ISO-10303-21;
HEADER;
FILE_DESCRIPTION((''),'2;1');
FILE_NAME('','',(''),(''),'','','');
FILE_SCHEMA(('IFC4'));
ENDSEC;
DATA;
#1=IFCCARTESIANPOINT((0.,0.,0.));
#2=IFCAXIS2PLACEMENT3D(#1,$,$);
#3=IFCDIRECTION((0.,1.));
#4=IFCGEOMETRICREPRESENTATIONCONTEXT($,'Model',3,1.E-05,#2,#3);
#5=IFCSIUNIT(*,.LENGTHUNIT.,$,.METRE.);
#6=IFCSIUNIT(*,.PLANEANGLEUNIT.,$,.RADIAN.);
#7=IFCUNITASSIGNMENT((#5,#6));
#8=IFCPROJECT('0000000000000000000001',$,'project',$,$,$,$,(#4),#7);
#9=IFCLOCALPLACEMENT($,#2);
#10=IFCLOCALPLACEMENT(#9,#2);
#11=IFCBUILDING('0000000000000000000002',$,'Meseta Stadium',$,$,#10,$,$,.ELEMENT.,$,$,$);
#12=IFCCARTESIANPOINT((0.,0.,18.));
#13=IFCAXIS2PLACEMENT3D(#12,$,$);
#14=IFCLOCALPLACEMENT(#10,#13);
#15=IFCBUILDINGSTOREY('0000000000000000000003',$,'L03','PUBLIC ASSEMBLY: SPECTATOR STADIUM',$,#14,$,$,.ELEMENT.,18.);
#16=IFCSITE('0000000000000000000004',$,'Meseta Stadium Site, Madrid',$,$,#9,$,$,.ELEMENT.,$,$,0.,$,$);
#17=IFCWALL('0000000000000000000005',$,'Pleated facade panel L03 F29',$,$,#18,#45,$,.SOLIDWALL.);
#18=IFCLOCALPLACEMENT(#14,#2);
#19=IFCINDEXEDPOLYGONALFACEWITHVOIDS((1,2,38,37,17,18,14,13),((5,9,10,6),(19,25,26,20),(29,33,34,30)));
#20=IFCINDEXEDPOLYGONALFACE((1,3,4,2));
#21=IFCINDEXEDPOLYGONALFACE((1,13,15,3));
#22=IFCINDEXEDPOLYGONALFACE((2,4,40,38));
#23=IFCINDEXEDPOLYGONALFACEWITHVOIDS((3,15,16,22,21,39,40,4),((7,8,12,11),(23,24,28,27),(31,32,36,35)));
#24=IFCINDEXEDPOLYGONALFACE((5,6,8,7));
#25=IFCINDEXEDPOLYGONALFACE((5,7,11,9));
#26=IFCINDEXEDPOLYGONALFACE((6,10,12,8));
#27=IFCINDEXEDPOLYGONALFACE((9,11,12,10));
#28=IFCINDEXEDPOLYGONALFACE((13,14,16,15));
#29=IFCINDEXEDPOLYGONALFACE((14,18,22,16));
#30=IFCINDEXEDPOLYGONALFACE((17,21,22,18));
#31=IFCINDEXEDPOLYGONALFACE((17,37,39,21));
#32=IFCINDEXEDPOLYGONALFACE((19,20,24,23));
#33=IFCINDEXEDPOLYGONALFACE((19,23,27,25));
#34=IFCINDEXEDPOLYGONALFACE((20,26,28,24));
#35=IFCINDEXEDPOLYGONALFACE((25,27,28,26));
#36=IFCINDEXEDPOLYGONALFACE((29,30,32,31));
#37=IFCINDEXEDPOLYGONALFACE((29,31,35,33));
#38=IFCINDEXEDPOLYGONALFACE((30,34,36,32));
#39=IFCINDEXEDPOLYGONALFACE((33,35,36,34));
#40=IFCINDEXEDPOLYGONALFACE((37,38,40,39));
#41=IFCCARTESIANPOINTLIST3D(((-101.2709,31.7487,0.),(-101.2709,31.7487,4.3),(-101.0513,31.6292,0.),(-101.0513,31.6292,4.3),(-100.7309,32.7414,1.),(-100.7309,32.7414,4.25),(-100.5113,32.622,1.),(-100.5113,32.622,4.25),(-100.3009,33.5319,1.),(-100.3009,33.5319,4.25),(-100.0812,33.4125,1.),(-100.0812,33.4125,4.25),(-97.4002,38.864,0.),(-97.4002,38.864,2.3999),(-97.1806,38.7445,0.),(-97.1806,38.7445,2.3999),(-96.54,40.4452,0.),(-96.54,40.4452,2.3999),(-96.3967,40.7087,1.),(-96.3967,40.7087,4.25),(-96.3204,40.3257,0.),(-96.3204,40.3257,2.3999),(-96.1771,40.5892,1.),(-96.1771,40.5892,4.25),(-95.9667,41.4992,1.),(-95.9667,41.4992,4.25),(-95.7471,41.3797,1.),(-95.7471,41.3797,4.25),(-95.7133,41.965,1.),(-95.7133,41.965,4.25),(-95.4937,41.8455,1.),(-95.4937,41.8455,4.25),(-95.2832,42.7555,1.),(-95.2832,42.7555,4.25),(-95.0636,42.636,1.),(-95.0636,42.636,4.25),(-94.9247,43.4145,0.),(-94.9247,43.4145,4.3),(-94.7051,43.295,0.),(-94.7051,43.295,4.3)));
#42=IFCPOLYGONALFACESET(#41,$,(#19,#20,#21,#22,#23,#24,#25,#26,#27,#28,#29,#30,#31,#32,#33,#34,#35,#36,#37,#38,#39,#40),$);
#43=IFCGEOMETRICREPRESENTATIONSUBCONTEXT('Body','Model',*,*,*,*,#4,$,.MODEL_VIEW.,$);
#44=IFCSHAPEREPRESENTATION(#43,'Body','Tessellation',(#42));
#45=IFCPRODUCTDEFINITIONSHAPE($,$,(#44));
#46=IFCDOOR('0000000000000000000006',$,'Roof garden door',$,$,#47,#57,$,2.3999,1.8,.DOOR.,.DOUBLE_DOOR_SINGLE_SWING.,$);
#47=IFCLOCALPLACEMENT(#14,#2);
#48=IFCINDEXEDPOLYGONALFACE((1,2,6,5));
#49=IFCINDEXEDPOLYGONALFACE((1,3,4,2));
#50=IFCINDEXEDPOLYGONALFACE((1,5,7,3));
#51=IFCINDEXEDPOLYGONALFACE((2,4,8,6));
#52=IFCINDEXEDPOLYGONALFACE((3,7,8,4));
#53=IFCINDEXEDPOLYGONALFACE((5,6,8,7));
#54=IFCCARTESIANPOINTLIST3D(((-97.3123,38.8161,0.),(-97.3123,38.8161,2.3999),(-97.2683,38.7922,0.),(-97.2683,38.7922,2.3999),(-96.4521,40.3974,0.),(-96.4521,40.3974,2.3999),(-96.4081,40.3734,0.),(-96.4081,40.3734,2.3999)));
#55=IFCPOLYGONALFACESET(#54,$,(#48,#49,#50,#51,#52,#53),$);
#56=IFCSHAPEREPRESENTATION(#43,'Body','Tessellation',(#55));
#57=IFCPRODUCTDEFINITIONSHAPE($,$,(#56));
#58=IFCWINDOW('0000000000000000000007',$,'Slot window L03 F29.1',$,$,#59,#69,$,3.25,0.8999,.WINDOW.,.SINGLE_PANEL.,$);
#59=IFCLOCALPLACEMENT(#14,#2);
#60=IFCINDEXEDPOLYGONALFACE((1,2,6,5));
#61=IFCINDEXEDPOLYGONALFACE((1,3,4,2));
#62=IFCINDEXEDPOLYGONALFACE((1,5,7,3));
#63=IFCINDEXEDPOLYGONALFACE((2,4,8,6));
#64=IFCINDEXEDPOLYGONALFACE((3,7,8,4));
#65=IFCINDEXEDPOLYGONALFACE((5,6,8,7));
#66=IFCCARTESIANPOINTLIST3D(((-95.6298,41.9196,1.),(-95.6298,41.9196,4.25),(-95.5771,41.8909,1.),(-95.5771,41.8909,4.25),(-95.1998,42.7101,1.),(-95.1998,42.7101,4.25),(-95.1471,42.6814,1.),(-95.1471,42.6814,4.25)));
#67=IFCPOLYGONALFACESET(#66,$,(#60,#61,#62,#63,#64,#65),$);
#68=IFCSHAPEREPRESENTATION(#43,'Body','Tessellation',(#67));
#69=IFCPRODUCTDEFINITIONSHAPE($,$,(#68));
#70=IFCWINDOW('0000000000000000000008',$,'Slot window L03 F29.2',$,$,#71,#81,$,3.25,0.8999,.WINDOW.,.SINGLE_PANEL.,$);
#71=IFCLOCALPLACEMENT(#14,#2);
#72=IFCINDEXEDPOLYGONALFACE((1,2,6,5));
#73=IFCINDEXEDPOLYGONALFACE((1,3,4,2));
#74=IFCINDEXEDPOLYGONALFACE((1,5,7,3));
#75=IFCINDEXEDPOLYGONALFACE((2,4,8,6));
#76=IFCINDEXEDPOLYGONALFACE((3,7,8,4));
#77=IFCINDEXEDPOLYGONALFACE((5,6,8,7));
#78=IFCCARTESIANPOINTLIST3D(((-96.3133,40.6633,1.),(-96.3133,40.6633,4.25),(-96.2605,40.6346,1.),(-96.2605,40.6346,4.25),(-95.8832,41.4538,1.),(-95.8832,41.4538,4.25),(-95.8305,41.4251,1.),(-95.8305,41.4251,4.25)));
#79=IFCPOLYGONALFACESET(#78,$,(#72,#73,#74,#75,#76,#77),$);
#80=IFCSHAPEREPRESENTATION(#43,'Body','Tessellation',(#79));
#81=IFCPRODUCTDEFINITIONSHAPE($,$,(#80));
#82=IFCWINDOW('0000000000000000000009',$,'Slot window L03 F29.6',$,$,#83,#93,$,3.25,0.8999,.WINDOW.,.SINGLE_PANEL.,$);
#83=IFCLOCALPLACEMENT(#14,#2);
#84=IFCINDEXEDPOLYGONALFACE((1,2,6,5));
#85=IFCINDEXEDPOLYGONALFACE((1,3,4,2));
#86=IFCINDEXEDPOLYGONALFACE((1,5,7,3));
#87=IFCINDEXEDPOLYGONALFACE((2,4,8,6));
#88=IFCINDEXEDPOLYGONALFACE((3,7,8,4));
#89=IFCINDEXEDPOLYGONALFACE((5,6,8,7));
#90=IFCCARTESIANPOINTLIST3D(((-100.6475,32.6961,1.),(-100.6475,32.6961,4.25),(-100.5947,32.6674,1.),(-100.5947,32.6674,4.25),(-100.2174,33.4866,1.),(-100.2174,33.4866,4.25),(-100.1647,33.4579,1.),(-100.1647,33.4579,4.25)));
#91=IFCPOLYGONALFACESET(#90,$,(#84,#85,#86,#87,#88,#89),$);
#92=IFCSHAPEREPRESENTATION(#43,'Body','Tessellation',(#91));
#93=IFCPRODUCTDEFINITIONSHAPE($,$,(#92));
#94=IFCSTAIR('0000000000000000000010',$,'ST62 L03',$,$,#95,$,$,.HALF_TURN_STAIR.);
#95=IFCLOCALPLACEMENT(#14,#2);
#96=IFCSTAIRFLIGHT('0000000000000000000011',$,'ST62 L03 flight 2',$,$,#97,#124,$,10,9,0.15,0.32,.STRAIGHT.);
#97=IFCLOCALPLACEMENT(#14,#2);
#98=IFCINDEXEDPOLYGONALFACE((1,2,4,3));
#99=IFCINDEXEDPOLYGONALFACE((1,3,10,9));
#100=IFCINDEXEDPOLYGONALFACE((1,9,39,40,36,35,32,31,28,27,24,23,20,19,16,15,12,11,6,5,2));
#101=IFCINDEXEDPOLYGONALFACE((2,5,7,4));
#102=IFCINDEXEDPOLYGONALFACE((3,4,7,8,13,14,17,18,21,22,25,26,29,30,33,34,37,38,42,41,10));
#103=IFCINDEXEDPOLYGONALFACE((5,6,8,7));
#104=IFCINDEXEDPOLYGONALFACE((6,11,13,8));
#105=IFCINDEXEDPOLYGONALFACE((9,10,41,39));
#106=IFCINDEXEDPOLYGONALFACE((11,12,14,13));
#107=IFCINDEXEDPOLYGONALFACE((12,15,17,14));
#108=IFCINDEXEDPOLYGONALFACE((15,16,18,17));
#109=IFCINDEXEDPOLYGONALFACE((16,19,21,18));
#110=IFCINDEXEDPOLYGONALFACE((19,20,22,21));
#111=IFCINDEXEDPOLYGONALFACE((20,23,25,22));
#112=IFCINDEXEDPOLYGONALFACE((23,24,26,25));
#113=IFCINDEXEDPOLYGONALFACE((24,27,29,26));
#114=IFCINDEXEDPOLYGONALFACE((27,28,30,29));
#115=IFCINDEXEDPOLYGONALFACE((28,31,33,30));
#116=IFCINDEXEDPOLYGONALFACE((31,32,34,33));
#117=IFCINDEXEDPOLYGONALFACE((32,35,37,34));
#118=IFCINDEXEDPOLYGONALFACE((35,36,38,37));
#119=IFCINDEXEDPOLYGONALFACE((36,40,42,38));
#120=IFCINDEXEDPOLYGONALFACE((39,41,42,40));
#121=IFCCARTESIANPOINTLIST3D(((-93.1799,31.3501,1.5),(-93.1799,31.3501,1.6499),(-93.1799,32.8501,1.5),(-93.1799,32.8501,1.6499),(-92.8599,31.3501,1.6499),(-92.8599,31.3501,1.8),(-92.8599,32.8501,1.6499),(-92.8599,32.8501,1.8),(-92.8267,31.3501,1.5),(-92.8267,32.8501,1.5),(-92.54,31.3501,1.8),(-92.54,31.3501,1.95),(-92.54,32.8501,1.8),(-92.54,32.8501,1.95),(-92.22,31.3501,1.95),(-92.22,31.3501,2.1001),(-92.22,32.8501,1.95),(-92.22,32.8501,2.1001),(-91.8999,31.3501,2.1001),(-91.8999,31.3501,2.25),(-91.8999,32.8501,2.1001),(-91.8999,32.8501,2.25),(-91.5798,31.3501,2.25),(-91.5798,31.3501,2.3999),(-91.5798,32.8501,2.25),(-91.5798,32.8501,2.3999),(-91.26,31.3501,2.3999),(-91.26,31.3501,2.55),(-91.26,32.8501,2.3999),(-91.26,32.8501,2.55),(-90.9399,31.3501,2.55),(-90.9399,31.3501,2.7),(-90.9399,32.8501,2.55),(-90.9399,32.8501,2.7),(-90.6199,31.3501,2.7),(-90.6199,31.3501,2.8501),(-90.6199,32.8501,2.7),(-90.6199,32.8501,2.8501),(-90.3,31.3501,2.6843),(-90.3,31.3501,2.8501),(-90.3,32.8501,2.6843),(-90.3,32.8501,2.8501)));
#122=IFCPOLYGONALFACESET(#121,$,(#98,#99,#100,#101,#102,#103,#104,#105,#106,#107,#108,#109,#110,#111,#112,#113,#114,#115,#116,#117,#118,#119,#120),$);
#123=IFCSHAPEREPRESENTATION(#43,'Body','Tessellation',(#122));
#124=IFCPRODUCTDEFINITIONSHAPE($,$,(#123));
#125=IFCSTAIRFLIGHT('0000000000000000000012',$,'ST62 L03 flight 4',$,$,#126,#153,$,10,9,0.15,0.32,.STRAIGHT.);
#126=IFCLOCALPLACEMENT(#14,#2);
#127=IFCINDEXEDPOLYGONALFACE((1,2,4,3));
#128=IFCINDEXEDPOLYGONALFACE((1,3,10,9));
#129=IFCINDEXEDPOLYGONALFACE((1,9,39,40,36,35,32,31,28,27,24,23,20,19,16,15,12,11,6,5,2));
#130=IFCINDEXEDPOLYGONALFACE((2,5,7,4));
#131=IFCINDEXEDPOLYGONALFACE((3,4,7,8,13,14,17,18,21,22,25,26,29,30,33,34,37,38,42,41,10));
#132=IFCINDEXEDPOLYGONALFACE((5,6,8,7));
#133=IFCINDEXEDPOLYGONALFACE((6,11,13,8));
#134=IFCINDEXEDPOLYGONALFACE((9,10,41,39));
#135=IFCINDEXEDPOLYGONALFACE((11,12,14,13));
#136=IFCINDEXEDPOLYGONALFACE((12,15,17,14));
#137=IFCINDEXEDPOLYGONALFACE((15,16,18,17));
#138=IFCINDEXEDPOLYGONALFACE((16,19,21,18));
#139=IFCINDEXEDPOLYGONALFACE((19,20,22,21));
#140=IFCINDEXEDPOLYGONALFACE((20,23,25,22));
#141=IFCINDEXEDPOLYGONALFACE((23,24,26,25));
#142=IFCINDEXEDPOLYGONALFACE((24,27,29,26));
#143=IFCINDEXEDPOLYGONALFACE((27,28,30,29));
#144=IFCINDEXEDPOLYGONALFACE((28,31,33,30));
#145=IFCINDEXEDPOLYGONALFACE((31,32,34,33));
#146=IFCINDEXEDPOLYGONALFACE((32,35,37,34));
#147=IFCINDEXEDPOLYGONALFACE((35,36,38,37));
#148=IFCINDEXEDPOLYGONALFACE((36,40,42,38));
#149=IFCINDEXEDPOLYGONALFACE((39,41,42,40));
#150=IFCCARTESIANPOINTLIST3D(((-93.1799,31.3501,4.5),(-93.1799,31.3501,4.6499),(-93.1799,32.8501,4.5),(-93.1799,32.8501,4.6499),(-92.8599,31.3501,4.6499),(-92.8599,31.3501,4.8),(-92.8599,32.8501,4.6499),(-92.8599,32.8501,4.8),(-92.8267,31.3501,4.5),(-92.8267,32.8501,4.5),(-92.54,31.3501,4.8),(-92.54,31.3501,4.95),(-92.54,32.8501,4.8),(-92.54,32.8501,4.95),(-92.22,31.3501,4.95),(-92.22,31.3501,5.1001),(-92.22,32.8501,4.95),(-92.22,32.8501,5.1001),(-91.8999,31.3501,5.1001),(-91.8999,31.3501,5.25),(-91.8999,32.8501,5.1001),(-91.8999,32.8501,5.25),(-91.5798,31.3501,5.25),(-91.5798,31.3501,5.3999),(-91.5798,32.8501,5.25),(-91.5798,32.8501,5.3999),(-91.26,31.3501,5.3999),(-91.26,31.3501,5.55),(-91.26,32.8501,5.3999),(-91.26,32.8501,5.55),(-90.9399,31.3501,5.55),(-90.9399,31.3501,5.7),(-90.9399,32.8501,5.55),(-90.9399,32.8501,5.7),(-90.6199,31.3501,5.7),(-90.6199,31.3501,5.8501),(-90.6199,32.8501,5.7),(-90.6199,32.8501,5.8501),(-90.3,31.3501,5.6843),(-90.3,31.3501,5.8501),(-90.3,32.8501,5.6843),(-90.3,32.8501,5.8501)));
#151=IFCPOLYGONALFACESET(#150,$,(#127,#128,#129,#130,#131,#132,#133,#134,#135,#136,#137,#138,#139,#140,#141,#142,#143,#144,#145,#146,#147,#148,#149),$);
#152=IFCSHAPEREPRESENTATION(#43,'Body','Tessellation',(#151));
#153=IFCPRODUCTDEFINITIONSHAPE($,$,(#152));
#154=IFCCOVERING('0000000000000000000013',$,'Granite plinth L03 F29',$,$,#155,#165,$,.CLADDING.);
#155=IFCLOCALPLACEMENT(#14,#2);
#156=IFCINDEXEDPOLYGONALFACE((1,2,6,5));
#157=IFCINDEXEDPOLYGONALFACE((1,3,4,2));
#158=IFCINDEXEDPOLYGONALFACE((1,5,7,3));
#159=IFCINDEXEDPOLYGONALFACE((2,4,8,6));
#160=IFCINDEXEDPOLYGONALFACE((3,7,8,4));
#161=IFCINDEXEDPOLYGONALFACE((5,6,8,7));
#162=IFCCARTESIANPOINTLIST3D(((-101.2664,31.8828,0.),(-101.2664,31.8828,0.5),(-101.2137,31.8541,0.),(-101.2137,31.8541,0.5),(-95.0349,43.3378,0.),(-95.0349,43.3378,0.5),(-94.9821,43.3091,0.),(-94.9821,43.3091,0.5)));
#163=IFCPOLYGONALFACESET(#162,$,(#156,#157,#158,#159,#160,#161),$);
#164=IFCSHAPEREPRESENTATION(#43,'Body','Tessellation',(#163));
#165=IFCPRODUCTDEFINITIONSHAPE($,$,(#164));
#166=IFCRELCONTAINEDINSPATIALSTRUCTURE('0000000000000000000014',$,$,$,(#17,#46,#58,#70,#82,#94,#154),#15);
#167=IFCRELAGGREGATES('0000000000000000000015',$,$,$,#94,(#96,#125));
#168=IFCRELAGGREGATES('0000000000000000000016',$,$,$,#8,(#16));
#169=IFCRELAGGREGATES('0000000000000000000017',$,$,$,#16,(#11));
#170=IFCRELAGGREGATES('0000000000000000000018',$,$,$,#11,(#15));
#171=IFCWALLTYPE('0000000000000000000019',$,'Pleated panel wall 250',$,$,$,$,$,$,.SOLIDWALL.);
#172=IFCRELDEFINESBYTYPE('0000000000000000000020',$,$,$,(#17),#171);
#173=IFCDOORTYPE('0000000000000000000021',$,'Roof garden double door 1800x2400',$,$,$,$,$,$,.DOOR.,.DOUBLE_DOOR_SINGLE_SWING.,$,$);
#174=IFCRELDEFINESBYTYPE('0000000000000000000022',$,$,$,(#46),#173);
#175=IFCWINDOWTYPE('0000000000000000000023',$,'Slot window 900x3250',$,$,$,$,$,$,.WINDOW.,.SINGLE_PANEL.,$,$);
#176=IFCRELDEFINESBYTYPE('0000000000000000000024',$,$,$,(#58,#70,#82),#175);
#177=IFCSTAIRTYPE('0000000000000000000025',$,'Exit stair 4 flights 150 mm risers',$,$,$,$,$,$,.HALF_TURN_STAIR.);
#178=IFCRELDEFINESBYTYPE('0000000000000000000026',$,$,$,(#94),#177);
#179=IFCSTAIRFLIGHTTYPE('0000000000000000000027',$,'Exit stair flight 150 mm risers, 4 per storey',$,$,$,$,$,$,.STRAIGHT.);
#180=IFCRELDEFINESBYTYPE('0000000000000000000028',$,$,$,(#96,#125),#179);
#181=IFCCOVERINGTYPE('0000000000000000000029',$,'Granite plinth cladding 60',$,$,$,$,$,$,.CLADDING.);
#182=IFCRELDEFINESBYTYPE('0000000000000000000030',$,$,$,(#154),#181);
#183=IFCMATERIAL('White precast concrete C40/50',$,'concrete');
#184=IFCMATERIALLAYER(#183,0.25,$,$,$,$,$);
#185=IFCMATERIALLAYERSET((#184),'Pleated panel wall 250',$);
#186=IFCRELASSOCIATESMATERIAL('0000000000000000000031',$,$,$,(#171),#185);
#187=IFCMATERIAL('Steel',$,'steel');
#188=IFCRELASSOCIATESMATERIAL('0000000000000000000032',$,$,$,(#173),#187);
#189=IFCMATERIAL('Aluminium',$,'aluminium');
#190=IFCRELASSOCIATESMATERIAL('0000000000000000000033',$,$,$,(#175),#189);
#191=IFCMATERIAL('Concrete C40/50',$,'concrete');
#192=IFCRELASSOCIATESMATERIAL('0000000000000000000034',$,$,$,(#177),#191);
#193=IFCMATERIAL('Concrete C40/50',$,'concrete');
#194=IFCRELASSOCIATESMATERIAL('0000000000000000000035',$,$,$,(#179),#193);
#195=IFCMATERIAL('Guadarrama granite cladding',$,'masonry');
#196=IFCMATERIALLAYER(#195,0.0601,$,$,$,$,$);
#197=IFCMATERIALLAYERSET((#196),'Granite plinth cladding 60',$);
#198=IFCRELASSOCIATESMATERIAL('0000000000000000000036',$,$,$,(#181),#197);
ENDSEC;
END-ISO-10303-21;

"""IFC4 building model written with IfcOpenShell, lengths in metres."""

from ifc_helpers import new_model, si_unit, direction, frame, frame_2d, origin, origin_2d, place, context, subcontext, project, spatial, polyline, rectangle, outline, extrude, material, layer, layer_set, type_object, element, fill, aggregate, save


model = new_model("IFC4")

# Units and contexts
model_context = context("Model", 3, precision=1e-05, world=origin(), true_north=direction((0.0, 1.0)))
body_context = subcontext(model_context, "Body", "Model", "MODEL_VIEW")
ifc_project = project(units=[si_unit("LENGTHUNIT", "METRE"), si_unit("PLANEANGLEUNIT", "RADIAN")], contexts=[model_context])

# Site, building, storey
site_placement = place(None, origin())
site = spatial("IfcSite", under=ifc_project, at=site_placement, Name="Meseta Stadium Site, Madrid", CompositionType="ELEMENT", RefElevation=0.0)
building_placement = place(site_placement, origin())
building = spatial("IfcBuilding", under=site, at=building_placement, Name="Meseta Stadium", CompositionType="ELEMENT")
storey_placement = place(building_placement, frame((0.0, 0.0, 18.0)))
storey = spatial("IfcBuildingStorey", under=building, at=storey_placement, Name="L03", Description="PUBLIC ASSEMBLY: SPECTATOR STADIUM", CompositionType="ELEMENT", Elevation=18.0)

# Wall, openings, door, windows
ifc_material_1 = material(Name="White precast concrete C40/50", Category="concrete")
ifc_layer_1 = layer(ifc_material_1, 0.25)
ifc_layer_set_1 = layer_set([ifc_layer_1], Name="Pleated panel wall 250")
wall_type_1 = type_object("IfcWallType", Name="Pleated panel wall 250", PredefinedType="SOLIDWALL", material=ifc_layer_set_1)
wall_1_placement = place(storey_placement, frame((-101.1611, 31.689, 0.0), z_axis=(0.0, 0.0, 1.0), x_axis=(0.477868, 0.878432, 0.0)))
wall_1 = element("IfcWall", 1, at=wall_1_placement, inside=storey, type_object=wall_type_1, Name="Pleated facade panel L03 F29", PredefinedType="SOLIDWALL", context=body_context, shape_type="SweptSolid", body=[
    extrude(rectangle(XDim=13.2803, YDim=0.25, at=frame_2d((6.6401, 0.0))), origin(), (0.0, 0.0, 1.0), 4.3),
])
opening_1_placement = place(wall_1_placement, frame((11.6301, 0.0, 1.0)))
opening_1 = element("IfcOpeningElement", 2, at=opening_1_placement, cuts=wall_1, PredefinedType="OPENING", context=body_context, shape_type="SweptSolid", body=[
    extrude(rectangle(XDim=0.8999, YDim=3.25, at=frame_2d((0.45, 1.625))), frame((0.0, 0.135, 0.0), z_axis=(0.0, -1.0, 0.0), x_axis=(1.0, 0.0, 0.0)), (0.0, 0.0, 1.0), 0.27),
])
opening_2_placement = place(wall_1_placement, frame((10.2, 0.0, 1.0)))
opening_2 = element("IfcOpeningElement", 3, at=opening_2_placement, cuts=wall_1, PredefinedType="OPENING", context=body_context, shape_type="SweptSolid", body=[
    extrude(rectangle(XDim=0.8999, YDim=3.25, at=frame_2d((0.45, 1.625))), frame((0.0, 0.135, 0.0), z_axis=(0.0, -1.0, 0.0), x_axis=(1.0, 0.0, 0.0)), (0.0, 0.0, 1.0), 0.27),
])
opening_3_placement = place(wall_1_placement, frame((1.1301, 0.0, 1.0)))
opening_3 = element("IfcOpeningElement", 4, at=opening_3_placement, cuts=wall_1, PredefinedType="OPENING", context=body_context, shape_type="SweptSolid", body=[
    extrude(rectangle(XDim=0.8999, YDim=3.25, at=frame_2d((0.45, 1.625))), frame((0.0, 0.135, 0.0), z_axis=(0.0, -1.0, 0.0), x_axis=(1.0, 0.0, 0.0)), (0.0, 0.0, 1.0), 0.27),
])
opening_4_placement = place(wall_1_placement, frame((8.1001, 0.0, 0.0)))
opening_4 = element("IfcOpeningElement", 5, at=opening_4_placement, cuts=wall_1, PredefinedType="OPENING", context=body_context, shape_type="SweptSolid", body=[
    extrude(rectangle(XDim=1.8, YDim=2.3999, at=frame_2d((0.8999, 1.2))), frame((0.0, 0.135, 0.0), z_axis=(0.0, -1.0, 0.0), x_axis=(1.0, 0.0, 0.0)), (0.0, 0.0, 1.0), 0.27),
])
ifc_material_2 = material(Name="Steel", Category="steel")
door_type = type_object("IfcDoorType", Name="Roof garden double door 1800x2400", OperationType="DOUBLE_DOOR_SINGLE_SWING", PredefinedType="DOOR", material=ifc_material_2)
door_placement = place(opening_4_placement, origin())
door = element("IfcDoor", 6, at=door_placement, inside=storey, type_object=door_type, Name="Roof garden door", OperationType="DOUBLE_DOOR_SINGLE_SWING", OverallHeight=2.3999, OverallWidth=1.8, PredefinedType="DOOR", context=body_context, shape_type="SweptSolid", body=[
    extrude(rectangle(XDim=1.8, YDim=2.3999, at=frame_2d((0.8999, 1.2))), frame((0.0, 0.0249, 0.0), z_axis=(0.0, -1.0, 0.0), x_axis=(1.0, 0.0, 0.0)), (0.0, 0.0, 1.0), 0.05),
])
fill(opening_4, door)
ifc_material_3 = material(Name="Aluminium", Category="aluminium")
window_type = type_object("IfcWindowType", Name="Slot window 900x3250", PartitioningType="SINGLE_PANEL", PredefinedType="WINDOW", material=ifc_material_3)
window_1_placement = place(opening_1_placement, origin())
window_1 = element("IfcWindow", 7, at=window_1_placement, inside=storey, type_object=window_type, Name="Slot window L03 F29.1", OverallHeight=3.25, OverallWidth=0.8999, PartitioningType="SINGLE_PANEL", PredefinedType="WINDOW", context=body_context, shape_type="SweptSolid", body=[
    extrude(rectangle(XDim=0.8999, YDim=3.25, at=frame_2d((0.45, 1.625))), frame((0.0, 0.03, 0.0), z_axis=(0.0, -1.0, 0.0), x_axis=(1.0, 0.0, 0.0)), (0.0, 0.0, 1.0), 0.0601),
])
fill(opening_1, window_1)
window_2_placement = place(opening_2_placement, origin())
window_2 = element("IfcWindow", 8, at=window_2_placement, inside=storey, type_object=window_type, Name="Slot window L03 F29.2", OverallHeight=3.25, OverallWidth=0.8999, PartitioningType="SINGLE_PANEL", PredefinedType="WINDOW", context=body_context, shape_type="SweptSolid", body=[
    extrude(rectangle(XDim=0.8999, YDim=3.25, at=frame_2d((0.45, 1.625))), frame((0.0, 0.03, 0.0), z_axis=(0.0, -1.0, 0.0), x_axis=(1.0, 0.0, 0.0)), (0.0, 0.0, 1.0), 0.0601),
])
fill(opening_2, window_2)
window_3_placement = place(opening_3_placement, origin())
window_3 = element("IfcWindow", 9, at=window_3_placement, inside=storey, type_object=window_type, Name="Slot window L03 F29.6", OverallHeight=3.25, OverallWidth=0.8999, PartitioningType="SINGLE_PANEL", PredefinedType="WINDOW", context=body_context, shape_type="SweptSolid", body=[
    extrude(rectangle(XDim=0.8999, YDim=3.25, at=frame_2d((0.45, 1.625))), frame((0.0, 0.03, 0.0), z_axis=(0.0, -1.0, 0.0), x_axis=(1.0, 0.0, 0.0)), (0.0, 0.0, 1.0), 0.0601),
])
fill(opening_3, window_3)

# Stair, stair flights
ifc_material_4 = material(Name="Concrete C40/50", Category="concrete")
stair_type = type_object("IfcStairType", Name="Exit stair 4 flights 150 mm risers", PredefinedType="HALF_TURN_STAIR", material=ifc_material_4)
stair_placement = place(storey_placement, origin())
stair = element("IfcStair", 10, at=stair_placement, inside=storey, type_object=stair_type, Name="ST62 L03", PredefinedType="HALF_TURN_STAIR")
ifc_material_5 = material(Name="Concrete C40/50", Category="concrete")
stair_flight_type = type_object("IfcStairFlightType", Name="Exit stair flight 150 mm risers, 4 per storey", PredefinedType="STRAIGHT", material=ifc_material_5)
stair_flight_1_placement = place(storey_placement, frame((-93.1799, 32.1001, 1.5), z_axis=(0.0, 0.0, 1.0), x_axis=(1.0, 0.0, 0.0)))
stair_flight_1 = element("IfcStairFlight", 11, at=stair_flight_1_placement, type_object=stair_flight_type, Name="ST62 L03 flight 2", NumberOfRisers=10, NumberOfTreads=9, PredefinedType="STRAIGHT", RiserHeight=0.15, TreadLength=0.32, context=body_context, shape_type="SweptSolid", body=[
    extrude(outline(polyline([(0.0, 0.0), (0.0, 0.1499), (0.3201, 0.1499), (0.3201, 0.3), (0.6399, 0.3), (0.6399, 0.45), (0.96, 0.45), (0.96, 0.6001), (1.28, 0.6001), (1.28, 0.75), (1.6001, 0.75), (1.6001, 0.8999), (1.9199, 0.8999), (1.9199, 1.05), (2.24, 1.05), (2.24, 1.2), (2.5601, 1.2), (2.5601, 1.3501), (2.8799, 1.3501), (2.8799, 1.1843), (0.3533, 0.0), (0.0, 0.0)])), frame((0.0, 0.75, 0.0), z_axis=(0.0, -1.0, 0.0), x_axis=(1.0, 0.0, 0.0)), (0.0, 0.0, 1.0), 1.5),
])
stair_flight_2_placement = place(storey_placement, frame((-93.1799, 32.1001, 4.5), z_axis=(0.0, 0.0, 1.0), x_axis=(1.0, 0.0, 0.0)))
stair_flight_2 = element("IfcStairFlight", 12, at=stair_flight_2_placement, type_object=stair_flight_type, Name="ST62 L03 flight 4", NumberOfRisers=10, NumberOfTreads=9, PredefinedType="STRAIGHT", RiserHeight=0.15, TreadLength=0.32, context=body_context, shape_type="SweptSolid", body=[
    extrude(outline(polyline([(0.0, 0.0), (0.0, 0.1499), (0.3201, 0.1499), (0.3201, 0.3), (0.6399, 0.3), (0.6399, 0.45), (0.96, 0.45), (0.96, 0.6001), (1.28, 0.6001), (1.28, 0.75), (1.6001, 0.75), (1.6001, 0.8999), (1.9199, 0.8999), (1.9199, 1.05), (2.24, 1.05), (2.24, 1.2), (2.5601, 1.2), (2.5601, 1.3501), (2.8799, 1.3501), (2.8799, 1.1843), (0.3533, 0.0), (0.0, 0.0)])), frame((0.0, 0.75, 0.0), z_axis=(0.0, -1.0, 0.0), x_axis=(1.0, 0.0, 0.0)), (0.0, 0.0, 1.0), 1.5),
])
aggregate(stair, [stair_flight_1, stair_flight_2])

# Covering
ifc_material_6 = material(Name="Guadarrama granite cladding", Category="masonry")
ifc_layer_2 = layer(ifc_material_6, 0.0601)
ifc_layer_set_2 = layer_set([ifc_layer_2], Name="Granite plinth cladding 60")
covering_type_1 = type_object("IfcCoveringType", Name="Granite plinth cladding 60", PredefinedType="CLADDING", material=ifc_layer_set_2)
covering_1_placement = place(storey_placement, frame((-98.1243, 37.5959, 0.0), z_axis=(0.0, 0.0, 1.0), x_axis=(0.477867, 0.878432, 0.0)))
element("IfcCovering", 13, at=covering_1_placement, inside=storey, type_object=covering_type_1, Name="Granite plinth L03 F29", PredefinedType="CLADDING", context=body_context, shape_type="SweptSolid", body=[
    extrude(rectangle(XDim=13.0403, YDim=0.0601, at=origin_2d()), origin(), (0.0, 0.0, 1.0), 0.5),
])

save(model, "model.ifc")
